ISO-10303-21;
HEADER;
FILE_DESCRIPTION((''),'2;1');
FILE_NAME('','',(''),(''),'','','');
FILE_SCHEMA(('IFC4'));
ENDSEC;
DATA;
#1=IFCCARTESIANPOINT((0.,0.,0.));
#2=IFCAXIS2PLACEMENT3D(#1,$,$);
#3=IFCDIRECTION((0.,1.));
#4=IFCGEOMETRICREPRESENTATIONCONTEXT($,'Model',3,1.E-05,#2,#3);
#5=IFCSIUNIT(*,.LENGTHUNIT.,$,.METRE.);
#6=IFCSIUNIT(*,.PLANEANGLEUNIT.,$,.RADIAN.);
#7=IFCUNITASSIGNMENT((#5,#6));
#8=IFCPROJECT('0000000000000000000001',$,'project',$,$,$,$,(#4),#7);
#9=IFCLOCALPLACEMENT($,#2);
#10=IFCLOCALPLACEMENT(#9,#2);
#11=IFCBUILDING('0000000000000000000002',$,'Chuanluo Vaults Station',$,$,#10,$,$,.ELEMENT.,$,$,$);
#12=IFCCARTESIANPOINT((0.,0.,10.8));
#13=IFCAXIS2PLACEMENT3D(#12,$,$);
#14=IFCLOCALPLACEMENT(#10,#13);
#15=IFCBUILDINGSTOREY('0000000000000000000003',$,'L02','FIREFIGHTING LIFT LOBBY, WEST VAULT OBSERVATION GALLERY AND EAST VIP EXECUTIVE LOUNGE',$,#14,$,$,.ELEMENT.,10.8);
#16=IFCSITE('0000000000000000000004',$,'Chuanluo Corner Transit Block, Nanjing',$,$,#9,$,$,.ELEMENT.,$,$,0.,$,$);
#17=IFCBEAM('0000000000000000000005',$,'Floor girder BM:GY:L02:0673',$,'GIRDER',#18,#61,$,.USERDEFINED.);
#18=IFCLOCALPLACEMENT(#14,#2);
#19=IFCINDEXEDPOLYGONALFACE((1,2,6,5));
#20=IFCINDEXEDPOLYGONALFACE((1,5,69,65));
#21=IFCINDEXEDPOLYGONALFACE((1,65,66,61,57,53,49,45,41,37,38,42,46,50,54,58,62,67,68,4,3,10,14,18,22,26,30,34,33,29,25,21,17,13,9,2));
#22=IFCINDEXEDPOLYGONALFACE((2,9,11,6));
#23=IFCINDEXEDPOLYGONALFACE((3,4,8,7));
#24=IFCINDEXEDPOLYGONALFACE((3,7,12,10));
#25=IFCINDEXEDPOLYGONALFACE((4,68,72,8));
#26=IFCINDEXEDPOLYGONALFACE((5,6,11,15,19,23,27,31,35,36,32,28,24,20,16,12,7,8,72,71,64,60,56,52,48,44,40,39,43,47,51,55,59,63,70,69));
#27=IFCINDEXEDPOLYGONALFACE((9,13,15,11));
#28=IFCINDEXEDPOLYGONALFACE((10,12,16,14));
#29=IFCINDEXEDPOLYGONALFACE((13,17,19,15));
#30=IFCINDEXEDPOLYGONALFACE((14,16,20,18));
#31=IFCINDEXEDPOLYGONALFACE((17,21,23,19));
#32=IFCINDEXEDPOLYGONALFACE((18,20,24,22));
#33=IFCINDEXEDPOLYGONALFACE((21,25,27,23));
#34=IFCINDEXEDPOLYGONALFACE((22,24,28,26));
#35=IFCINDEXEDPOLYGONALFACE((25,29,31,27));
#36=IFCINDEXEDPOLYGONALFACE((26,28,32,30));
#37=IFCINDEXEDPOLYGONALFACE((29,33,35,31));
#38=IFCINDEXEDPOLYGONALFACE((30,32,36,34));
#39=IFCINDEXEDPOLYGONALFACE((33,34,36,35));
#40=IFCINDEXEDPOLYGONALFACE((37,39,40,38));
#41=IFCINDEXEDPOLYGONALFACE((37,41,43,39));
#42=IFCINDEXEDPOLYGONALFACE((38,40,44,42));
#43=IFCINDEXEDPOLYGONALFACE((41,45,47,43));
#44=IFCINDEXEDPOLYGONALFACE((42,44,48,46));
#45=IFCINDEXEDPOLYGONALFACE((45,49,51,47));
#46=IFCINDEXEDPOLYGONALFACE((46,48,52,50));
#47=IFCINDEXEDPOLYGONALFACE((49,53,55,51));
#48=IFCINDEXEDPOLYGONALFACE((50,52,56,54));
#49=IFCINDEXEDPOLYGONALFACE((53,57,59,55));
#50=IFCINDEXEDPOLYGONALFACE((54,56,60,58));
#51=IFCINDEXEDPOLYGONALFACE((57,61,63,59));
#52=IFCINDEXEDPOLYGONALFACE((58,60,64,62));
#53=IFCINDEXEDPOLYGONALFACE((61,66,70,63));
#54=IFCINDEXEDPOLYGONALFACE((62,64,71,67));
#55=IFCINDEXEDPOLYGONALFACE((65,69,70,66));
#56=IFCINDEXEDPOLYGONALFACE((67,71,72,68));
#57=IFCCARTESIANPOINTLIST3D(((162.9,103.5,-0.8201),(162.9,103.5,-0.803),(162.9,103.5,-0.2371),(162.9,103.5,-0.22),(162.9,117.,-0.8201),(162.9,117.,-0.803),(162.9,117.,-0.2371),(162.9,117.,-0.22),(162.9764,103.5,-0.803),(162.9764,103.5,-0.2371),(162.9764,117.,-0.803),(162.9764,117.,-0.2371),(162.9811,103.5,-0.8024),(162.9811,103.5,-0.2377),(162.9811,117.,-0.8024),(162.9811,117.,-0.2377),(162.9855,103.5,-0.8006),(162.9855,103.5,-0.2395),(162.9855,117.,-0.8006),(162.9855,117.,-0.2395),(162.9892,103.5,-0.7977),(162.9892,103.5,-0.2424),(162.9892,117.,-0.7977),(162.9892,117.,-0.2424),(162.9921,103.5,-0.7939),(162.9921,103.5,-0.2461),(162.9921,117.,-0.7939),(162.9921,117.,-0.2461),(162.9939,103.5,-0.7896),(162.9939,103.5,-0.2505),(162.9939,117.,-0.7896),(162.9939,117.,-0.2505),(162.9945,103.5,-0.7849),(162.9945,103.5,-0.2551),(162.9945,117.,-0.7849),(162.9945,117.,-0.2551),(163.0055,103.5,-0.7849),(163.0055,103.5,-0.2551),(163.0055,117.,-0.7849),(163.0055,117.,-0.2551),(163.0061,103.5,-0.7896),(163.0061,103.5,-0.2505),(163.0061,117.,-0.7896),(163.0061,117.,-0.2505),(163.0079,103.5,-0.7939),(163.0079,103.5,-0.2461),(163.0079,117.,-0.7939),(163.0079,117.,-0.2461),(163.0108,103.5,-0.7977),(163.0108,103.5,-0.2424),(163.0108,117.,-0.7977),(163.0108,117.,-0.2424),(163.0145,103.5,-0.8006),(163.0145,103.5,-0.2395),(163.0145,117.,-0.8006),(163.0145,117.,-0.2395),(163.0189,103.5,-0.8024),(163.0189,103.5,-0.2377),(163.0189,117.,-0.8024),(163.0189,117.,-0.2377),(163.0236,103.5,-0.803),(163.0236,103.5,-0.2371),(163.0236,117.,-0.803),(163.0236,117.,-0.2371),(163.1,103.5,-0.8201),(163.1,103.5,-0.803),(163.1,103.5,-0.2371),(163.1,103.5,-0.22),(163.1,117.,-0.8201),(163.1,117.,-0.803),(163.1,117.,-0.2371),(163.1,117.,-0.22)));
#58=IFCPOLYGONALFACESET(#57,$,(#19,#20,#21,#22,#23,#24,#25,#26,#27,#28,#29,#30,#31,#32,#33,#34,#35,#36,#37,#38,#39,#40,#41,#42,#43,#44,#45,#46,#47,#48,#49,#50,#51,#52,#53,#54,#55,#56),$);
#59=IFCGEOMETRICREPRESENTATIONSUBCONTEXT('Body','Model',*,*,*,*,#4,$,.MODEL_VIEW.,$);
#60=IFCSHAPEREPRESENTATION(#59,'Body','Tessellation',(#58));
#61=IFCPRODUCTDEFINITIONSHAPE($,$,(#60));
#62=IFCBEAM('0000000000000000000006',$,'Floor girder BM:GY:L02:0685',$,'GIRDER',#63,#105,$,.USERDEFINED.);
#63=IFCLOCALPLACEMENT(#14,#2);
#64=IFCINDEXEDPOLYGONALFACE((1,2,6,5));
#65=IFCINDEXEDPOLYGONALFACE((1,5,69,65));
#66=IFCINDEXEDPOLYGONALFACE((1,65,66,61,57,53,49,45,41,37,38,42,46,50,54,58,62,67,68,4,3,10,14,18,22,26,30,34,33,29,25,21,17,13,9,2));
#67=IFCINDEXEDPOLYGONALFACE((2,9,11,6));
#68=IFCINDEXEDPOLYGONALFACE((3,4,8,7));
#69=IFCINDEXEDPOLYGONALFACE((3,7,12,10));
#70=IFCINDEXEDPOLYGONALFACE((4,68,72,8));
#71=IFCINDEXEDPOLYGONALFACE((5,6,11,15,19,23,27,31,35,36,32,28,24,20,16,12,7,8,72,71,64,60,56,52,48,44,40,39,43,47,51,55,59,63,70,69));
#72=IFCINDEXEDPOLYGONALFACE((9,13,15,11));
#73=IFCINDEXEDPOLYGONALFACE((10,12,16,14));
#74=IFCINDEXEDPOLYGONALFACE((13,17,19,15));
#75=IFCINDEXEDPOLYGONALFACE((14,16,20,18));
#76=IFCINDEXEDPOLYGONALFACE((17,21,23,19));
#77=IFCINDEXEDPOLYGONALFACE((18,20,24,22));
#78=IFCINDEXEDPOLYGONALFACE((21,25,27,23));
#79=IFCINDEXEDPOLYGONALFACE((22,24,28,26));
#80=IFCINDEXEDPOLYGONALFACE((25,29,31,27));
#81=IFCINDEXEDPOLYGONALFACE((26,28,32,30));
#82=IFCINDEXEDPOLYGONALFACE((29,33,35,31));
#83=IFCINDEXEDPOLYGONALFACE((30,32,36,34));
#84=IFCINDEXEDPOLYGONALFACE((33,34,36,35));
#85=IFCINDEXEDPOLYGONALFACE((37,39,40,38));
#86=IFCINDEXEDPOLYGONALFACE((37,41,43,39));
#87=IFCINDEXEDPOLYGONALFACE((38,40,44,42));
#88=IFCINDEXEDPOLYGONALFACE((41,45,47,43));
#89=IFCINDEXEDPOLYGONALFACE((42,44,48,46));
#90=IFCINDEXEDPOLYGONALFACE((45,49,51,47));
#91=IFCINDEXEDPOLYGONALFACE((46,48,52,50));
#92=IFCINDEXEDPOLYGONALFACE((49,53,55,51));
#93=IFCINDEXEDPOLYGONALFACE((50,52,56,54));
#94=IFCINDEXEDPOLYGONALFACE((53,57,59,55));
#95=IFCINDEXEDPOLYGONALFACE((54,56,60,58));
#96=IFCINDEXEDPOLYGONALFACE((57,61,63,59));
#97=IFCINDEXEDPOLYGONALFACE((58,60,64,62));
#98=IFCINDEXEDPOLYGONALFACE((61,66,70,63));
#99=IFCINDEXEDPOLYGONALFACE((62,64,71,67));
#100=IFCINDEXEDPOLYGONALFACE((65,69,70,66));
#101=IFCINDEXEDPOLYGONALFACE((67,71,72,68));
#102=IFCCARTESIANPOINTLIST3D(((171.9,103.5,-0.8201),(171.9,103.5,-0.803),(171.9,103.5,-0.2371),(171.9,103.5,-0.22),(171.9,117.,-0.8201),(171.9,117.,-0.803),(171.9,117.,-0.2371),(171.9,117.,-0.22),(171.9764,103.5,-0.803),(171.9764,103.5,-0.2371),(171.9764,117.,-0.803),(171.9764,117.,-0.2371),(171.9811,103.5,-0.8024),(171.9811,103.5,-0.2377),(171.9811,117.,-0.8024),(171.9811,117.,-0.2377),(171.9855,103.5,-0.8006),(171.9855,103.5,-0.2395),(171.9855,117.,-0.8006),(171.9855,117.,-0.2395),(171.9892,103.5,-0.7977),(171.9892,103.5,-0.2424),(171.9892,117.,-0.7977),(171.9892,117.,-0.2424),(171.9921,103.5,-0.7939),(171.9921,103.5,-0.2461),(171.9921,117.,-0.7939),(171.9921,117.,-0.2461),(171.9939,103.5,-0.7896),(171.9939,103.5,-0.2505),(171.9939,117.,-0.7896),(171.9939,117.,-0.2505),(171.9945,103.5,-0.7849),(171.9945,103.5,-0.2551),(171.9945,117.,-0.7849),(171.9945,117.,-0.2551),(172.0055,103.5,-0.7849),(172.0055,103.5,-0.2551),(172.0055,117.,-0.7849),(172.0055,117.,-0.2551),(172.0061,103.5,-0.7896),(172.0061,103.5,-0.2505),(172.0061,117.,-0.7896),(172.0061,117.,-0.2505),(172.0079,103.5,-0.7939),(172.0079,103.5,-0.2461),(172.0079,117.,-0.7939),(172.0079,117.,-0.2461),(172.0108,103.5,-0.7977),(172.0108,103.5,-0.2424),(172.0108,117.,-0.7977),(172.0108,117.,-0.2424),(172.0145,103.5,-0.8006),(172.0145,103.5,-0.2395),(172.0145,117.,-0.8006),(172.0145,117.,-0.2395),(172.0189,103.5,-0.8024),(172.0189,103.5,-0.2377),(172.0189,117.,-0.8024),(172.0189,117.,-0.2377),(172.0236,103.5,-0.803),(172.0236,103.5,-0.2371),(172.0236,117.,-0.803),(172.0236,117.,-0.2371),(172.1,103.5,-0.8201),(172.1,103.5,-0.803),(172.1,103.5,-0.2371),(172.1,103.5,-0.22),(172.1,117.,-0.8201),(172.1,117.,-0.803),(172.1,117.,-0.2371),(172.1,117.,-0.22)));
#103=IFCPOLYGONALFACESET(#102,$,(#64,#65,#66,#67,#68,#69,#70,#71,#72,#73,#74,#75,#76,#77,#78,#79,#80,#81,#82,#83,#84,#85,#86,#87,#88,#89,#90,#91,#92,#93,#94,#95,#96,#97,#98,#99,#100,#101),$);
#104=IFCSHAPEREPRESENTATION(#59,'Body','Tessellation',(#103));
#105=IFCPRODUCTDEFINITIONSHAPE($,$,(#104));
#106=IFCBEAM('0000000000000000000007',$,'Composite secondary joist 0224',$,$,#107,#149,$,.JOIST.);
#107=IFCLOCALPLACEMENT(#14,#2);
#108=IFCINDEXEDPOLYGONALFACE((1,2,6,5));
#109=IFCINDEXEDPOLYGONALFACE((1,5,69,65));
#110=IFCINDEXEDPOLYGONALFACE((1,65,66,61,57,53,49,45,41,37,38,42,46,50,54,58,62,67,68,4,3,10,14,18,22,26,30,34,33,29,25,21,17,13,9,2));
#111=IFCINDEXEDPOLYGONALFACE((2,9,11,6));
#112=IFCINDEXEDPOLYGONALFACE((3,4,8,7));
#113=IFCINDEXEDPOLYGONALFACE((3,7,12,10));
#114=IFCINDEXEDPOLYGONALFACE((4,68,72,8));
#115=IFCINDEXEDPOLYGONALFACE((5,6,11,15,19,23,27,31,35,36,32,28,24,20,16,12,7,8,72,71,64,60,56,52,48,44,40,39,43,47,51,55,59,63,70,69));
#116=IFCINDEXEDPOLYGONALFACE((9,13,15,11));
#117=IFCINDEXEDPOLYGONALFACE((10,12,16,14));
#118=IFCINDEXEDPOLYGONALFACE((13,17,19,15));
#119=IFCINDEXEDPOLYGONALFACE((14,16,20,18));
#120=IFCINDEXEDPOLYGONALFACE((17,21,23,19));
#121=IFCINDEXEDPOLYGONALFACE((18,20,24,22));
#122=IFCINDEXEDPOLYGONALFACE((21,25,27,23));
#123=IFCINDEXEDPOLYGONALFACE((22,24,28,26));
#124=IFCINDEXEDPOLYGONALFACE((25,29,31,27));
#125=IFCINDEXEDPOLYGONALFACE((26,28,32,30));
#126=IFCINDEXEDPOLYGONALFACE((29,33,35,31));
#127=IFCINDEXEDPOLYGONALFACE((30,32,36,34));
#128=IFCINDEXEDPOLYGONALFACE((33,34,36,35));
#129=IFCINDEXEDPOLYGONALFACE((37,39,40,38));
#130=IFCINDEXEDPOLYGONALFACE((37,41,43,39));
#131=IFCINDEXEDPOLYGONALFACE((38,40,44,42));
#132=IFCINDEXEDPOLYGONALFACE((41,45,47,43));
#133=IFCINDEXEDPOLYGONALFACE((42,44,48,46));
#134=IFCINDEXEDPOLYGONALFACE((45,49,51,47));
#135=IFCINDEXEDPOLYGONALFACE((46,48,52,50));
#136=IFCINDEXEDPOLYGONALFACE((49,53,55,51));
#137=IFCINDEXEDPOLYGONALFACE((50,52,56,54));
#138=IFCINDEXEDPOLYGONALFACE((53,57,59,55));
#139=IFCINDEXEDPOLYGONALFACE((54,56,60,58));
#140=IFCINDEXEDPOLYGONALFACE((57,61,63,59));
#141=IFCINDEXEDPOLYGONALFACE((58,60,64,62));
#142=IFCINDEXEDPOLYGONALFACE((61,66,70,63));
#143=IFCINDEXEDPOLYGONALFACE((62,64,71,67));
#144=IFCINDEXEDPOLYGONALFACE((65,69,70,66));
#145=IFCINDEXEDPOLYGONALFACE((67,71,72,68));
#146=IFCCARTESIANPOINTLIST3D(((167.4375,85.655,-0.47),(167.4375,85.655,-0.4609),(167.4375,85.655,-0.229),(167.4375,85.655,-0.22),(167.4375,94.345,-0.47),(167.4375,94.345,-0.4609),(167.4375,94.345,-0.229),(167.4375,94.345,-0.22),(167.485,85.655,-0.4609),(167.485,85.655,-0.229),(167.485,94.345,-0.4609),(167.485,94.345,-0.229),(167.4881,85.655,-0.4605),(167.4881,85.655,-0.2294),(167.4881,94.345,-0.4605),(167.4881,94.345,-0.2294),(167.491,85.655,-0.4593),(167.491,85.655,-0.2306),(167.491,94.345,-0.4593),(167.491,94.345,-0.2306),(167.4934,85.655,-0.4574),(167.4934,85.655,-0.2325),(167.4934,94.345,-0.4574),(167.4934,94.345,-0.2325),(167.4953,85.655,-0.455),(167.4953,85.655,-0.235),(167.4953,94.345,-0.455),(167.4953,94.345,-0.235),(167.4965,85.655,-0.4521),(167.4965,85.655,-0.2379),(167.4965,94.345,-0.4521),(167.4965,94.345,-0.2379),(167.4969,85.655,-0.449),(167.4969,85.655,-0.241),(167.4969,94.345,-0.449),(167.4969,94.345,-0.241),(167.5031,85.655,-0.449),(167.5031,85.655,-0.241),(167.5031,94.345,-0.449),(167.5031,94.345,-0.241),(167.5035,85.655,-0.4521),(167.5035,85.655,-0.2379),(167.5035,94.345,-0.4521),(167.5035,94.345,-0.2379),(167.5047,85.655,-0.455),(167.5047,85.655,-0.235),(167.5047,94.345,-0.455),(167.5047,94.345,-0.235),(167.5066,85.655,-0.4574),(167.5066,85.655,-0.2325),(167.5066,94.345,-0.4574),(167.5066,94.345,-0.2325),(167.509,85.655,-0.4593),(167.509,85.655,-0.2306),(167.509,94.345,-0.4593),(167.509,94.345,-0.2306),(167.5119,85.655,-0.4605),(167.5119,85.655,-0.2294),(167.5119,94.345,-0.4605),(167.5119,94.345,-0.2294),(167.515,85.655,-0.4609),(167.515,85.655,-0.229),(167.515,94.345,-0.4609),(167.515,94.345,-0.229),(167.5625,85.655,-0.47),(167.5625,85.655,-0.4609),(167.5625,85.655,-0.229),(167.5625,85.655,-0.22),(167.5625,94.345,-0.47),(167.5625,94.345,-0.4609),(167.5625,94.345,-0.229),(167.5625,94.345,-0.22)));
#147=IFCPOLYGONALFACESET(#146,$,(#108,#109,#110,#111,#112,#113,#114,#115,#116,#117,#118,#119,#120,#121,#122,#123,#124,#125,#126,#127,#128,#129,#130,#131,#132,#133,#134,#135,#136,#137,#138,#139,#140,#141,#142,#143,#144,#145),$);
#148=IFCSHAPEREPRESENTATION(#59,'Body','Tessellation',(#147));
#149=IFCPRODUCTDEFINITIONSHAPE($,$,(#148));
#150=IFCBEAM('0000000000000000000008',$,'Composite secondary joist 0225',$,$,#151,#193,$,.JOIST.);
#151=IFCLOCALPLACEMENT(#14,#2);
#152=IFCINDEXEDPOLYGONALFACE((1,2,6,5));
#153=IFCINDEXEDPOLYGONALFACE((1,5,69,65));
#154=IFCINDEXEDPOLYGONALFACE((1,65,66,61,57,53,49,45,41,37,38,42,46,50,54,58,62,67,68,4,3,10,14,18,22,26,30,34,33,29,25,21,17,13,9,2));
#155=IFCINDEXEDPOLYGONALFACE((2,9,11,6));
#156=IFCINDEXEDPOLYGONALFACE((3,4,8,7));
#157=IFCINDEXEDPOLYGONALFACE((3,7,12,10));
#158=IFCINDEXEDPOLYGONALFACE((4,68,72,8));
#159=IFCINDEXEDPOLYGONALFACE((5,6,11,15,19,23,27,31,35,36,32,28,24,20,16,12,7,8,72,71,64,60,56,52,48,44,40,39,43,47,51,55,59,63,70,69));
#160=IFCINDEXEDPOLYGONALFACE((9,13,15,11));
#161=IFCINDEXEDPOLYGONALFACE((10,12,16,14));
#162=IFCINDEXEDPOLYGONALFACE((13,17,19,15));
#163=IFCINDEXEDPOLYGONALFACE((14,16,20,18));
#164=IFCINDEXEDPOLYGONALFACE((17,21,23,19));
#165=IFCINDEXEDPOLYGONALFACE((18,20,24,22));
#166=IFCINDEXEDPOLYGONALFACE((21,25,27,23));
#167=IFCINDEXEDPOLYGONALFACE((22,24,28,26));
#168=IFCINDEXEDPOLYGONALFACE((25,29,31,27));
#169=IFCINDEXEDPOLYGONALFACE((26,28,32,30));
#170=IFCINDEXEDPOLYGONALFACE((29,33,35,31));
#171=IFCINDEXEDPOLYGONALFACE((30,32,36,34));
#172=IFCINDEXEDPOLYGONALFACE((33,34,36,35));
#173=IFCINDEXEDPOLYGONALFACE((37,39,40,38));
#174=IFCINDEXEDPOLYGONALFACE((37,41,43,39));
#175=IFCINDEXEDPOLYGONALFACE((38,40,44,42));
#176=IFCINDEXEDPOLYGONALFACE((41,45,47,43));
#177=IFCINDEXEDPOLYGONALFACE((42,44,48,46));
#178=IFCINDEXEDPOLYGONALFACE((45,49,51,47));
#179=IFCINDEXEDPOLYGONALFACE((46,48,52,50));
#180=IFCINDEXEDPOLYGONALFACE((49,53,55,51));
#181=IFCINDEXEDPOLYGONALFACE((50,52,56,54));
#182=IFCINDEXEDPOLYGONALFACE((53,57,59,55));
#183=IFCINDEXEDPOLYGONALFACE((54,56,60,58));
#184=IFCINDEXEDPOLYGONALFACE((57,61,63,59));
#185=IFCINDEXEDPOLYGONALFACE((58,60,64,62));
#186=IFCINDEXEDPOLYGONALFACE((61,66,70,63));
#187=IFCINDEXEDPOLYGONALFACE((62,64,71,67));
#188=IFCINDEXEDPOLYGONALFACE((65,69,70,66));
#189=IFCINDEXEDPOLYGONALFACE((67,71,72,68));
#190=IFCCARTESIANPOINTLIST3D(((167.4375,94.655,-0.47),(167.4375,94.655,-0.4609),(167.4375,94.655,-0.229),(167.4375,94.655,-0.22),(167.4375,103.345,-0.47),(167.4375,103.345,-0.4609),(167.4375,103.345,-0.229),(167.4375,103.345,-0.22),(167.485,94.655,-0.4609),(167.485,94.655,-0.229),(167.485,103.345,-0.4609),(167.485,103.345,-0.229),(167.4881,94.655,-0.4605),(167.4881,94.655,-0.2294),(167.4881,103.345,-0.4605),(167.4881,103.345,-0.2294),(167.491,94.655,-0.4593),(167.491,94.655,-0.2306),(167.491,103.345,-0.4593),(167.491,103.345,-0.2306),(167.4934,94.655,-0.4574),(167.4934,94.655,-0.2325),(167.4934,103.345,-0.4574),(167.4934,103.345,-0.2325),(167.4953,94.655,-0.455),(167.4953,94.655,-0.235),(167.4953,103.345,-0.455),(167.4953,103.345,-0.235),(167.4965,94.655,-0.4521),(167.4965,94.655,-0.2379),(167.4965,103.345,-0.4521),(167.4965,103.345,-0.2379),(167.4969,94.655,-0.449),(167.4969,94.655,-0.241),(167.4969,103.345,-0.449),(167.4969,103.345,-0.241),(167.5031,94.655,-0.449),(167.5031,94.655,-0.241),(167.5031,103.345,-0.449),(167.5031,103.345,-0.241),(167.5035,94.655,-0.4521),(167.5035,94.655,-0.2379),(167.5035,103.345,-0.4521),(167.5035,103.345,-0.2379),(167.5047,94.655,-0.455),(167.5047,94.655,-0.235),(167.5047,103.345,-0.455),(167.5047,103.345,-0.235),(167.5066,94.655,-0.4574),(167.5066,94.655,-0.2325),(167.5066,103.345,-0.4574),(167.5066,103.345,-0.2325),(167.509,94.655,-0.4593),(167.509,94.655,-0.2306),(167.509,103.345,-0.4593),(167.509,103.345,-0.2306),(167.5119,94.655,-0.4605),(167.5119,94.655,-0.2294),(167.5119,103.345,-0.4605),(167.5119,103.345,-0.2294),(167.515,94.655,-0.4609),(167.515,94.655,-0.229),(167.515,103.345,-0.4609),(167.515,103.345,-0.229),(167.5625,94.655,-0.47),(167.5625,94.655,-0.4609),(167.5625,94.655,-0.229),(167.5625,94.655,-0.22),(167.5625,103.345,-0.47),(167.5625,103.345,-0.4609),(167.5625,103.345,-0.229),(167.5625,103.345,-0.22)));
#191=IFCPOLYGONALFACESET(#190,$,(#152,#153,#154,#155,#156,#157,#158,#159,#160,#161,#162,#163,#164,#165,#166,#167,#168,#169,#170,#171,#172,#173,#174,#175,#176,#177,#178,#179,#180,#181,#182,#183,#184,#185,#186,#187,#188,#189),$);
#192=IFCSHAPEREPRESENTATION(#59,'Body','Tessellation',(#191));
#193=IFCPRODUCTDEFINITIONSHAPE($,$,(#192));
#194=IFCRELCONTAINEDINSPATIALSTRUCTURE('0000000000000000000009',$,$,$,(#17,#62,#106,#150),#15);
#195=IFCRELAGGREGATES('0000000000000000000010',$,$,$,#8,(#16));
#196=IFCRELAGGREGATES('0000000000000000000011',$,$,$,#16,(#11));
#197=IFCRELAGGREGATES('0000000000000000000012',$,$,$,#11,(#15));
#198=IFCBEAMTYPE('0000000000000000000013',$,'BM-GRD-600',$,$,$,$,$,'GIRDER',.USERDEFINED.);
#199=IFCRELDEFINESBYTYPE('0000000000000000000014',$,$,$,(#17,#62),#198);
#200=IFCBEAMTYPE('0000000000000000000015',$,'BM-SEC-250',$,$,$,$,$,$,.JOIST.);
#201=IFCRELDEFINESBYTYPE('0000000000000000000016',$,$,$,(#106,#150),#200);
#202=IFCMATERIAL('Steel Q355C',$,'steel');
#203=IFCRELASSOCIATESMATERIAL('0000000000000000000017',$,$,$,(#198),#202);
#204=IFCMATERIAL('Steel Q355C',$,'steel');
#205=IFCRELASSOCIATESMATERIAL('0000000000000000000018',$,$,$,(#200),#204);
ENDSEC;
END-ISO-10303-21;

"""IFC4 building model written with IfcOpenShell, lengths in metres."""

from ifc_helpers import new_model, si_unit, direction, frame, origin, origin_2d, place, context, subcontext, project, spatial, i_section, extrude, material, material_profile, profile_set, type_object, element, save


model = new_model("IFC4")

# Units and contexts
model_context = context("Model", 3, precision=1e-05, world=origin(), true_north=direction((0.0, 1.0)))
body_context = subcontext(model_context, "Body", "Model", "MODEL_VIEW")
ifc_project = project(units=[si_unit("LENGTHUNIT", "METRE"), si_unit("PLANEANGLEUNIT", "RADIAN")], contexts=[model_context])

# Site, building, storey
site_placement = place(None, origin())
site = spatial("IfcSite", under=ifc_project, at=site_placement, Name="Chuanluo Corner Transit Block, Nanjing", CompositionType="ELEMENT", RefElevation=0.0)
building_placement = place(site_placement, origin())
building = spatial("IfcBuilding", under=site, at=building_placement, Name="Chuanluo Vaults Station", CompositionType="ELEMENT")
storey_placement = place(building_placement, frame((0.0, 0.0, 10.8)))
storey = spatial("IfcBuildingStorey", under=building, at=storey_placement, Name="L02", Description="FIREFIGHTING LIFT LOBBY, WEST VAULT OBSERVATION GALLERY AND EAST VIP EXECUTIVE LOUNGE", CompositionType="ELEMENT", Elevation=10.8)

# Beams
ifc_material_1 = material(Name="Steel Q355C", Category="steel")
ifc_material_profile_1 = material_profile(ifc_material_1, i_section(OverallWidth=0.2, OverallDepth=0.6001, WebThickness=0.011, FlangeThickness=0.0171, FilletRadius=0.0181, at=origin_2d()))
ifc_profile_set_1 = profile_set([ifc_material_profile_1], Name="Steel Q355C")
beam_type_1 = type_object("IfcBeamType", Name="BM-GRD-600", ElementType="GIRDER", PredefinedType="USERDEFINED", material=ifc_profile_set_1)
for number, where, z_axis, x_axis, name in (
    (1, (163.0, 103.5, -0.52), (0.0, 1.0, 0.0), (-1.0, 0.0, 0.0), "Floor girder BM:GY:L02:0673"),
    (2, (172.0, 103.5, -0.52), (0.0, 1.0, 0.0), (-1.0, 0.0, 0.0), "Floor girder BM:GY:L02:0685"),
):
    element("IfcBeam", number, at=place(storey_placement, frame(where, z_axis=z_axis, x_axis=x_axis)), inside=storey, type_object=beam_type_1, Name=name, ObjectType="GIRDER", PredefinedType="USERDEFINED", context=body_context, shape_type="SweptSolid", body=[
        extrude(i_section(OverallWidth=0.2, OverallDepth=0.6001, WebThickness=0.011, FlangeThickness=0.0171, FilletRadius=0.0181, at=origin_2d()), origin(), (0.0, 0.0, 1.0), 13.5),
    ])
ifc_material_2 = material(Name="Steel Q355C", Category="steel")
ifc_material_profile_2 = material_profile(ifc_material_2, i_section(OverallWidth=0.125, OverallDepth=0.25, WebThickness=0.0061, FlangeThickness=0.009, FilletRadius=0.012, at=origin_2d()))
ifc_profile_set_2 = profile_set([ifc_material_profile_2], Name="Steel Q355C")
beam_type_2 = type_object("IfcBeamType", Name="BM-SEC-250", PredefinedType="JOIST", material=ifc_profile_set_2)
for number, where, z_axis, x_axis, name in (
    (3, (167.5, 85.655, -0.345), (0.0, 1.0, 0.0), (-1.0, 0.0, 0.0), "Composite secondary joist 0224"),
    (4, (167.5, 94.655, -0.345), (0.0, 1.0, 0.0), (-1.0, 0.0, 0.0), "Composite secondary joist 0225"),
):
    element("IfcBeam", number, at=place(storey_placement, frame(where, z_axis=z_axis, x_axis=x_axis)), inside=storey, type_object=beam_type_2, Name=name, PredefinedType="JOIST", context=body_context, shape_type="SweptSolid", body=[
        extrude(i_section(OverallWidth=0.125, OverallDepth=0.25, WebThickness=0.0061, FlangeThickness=0.009, FilletRadius=0.012, at=origin_2d()), origin(), (0.0, 0.0, 1.0), 8.6899),
    ])

save(model, "model.ifc")
